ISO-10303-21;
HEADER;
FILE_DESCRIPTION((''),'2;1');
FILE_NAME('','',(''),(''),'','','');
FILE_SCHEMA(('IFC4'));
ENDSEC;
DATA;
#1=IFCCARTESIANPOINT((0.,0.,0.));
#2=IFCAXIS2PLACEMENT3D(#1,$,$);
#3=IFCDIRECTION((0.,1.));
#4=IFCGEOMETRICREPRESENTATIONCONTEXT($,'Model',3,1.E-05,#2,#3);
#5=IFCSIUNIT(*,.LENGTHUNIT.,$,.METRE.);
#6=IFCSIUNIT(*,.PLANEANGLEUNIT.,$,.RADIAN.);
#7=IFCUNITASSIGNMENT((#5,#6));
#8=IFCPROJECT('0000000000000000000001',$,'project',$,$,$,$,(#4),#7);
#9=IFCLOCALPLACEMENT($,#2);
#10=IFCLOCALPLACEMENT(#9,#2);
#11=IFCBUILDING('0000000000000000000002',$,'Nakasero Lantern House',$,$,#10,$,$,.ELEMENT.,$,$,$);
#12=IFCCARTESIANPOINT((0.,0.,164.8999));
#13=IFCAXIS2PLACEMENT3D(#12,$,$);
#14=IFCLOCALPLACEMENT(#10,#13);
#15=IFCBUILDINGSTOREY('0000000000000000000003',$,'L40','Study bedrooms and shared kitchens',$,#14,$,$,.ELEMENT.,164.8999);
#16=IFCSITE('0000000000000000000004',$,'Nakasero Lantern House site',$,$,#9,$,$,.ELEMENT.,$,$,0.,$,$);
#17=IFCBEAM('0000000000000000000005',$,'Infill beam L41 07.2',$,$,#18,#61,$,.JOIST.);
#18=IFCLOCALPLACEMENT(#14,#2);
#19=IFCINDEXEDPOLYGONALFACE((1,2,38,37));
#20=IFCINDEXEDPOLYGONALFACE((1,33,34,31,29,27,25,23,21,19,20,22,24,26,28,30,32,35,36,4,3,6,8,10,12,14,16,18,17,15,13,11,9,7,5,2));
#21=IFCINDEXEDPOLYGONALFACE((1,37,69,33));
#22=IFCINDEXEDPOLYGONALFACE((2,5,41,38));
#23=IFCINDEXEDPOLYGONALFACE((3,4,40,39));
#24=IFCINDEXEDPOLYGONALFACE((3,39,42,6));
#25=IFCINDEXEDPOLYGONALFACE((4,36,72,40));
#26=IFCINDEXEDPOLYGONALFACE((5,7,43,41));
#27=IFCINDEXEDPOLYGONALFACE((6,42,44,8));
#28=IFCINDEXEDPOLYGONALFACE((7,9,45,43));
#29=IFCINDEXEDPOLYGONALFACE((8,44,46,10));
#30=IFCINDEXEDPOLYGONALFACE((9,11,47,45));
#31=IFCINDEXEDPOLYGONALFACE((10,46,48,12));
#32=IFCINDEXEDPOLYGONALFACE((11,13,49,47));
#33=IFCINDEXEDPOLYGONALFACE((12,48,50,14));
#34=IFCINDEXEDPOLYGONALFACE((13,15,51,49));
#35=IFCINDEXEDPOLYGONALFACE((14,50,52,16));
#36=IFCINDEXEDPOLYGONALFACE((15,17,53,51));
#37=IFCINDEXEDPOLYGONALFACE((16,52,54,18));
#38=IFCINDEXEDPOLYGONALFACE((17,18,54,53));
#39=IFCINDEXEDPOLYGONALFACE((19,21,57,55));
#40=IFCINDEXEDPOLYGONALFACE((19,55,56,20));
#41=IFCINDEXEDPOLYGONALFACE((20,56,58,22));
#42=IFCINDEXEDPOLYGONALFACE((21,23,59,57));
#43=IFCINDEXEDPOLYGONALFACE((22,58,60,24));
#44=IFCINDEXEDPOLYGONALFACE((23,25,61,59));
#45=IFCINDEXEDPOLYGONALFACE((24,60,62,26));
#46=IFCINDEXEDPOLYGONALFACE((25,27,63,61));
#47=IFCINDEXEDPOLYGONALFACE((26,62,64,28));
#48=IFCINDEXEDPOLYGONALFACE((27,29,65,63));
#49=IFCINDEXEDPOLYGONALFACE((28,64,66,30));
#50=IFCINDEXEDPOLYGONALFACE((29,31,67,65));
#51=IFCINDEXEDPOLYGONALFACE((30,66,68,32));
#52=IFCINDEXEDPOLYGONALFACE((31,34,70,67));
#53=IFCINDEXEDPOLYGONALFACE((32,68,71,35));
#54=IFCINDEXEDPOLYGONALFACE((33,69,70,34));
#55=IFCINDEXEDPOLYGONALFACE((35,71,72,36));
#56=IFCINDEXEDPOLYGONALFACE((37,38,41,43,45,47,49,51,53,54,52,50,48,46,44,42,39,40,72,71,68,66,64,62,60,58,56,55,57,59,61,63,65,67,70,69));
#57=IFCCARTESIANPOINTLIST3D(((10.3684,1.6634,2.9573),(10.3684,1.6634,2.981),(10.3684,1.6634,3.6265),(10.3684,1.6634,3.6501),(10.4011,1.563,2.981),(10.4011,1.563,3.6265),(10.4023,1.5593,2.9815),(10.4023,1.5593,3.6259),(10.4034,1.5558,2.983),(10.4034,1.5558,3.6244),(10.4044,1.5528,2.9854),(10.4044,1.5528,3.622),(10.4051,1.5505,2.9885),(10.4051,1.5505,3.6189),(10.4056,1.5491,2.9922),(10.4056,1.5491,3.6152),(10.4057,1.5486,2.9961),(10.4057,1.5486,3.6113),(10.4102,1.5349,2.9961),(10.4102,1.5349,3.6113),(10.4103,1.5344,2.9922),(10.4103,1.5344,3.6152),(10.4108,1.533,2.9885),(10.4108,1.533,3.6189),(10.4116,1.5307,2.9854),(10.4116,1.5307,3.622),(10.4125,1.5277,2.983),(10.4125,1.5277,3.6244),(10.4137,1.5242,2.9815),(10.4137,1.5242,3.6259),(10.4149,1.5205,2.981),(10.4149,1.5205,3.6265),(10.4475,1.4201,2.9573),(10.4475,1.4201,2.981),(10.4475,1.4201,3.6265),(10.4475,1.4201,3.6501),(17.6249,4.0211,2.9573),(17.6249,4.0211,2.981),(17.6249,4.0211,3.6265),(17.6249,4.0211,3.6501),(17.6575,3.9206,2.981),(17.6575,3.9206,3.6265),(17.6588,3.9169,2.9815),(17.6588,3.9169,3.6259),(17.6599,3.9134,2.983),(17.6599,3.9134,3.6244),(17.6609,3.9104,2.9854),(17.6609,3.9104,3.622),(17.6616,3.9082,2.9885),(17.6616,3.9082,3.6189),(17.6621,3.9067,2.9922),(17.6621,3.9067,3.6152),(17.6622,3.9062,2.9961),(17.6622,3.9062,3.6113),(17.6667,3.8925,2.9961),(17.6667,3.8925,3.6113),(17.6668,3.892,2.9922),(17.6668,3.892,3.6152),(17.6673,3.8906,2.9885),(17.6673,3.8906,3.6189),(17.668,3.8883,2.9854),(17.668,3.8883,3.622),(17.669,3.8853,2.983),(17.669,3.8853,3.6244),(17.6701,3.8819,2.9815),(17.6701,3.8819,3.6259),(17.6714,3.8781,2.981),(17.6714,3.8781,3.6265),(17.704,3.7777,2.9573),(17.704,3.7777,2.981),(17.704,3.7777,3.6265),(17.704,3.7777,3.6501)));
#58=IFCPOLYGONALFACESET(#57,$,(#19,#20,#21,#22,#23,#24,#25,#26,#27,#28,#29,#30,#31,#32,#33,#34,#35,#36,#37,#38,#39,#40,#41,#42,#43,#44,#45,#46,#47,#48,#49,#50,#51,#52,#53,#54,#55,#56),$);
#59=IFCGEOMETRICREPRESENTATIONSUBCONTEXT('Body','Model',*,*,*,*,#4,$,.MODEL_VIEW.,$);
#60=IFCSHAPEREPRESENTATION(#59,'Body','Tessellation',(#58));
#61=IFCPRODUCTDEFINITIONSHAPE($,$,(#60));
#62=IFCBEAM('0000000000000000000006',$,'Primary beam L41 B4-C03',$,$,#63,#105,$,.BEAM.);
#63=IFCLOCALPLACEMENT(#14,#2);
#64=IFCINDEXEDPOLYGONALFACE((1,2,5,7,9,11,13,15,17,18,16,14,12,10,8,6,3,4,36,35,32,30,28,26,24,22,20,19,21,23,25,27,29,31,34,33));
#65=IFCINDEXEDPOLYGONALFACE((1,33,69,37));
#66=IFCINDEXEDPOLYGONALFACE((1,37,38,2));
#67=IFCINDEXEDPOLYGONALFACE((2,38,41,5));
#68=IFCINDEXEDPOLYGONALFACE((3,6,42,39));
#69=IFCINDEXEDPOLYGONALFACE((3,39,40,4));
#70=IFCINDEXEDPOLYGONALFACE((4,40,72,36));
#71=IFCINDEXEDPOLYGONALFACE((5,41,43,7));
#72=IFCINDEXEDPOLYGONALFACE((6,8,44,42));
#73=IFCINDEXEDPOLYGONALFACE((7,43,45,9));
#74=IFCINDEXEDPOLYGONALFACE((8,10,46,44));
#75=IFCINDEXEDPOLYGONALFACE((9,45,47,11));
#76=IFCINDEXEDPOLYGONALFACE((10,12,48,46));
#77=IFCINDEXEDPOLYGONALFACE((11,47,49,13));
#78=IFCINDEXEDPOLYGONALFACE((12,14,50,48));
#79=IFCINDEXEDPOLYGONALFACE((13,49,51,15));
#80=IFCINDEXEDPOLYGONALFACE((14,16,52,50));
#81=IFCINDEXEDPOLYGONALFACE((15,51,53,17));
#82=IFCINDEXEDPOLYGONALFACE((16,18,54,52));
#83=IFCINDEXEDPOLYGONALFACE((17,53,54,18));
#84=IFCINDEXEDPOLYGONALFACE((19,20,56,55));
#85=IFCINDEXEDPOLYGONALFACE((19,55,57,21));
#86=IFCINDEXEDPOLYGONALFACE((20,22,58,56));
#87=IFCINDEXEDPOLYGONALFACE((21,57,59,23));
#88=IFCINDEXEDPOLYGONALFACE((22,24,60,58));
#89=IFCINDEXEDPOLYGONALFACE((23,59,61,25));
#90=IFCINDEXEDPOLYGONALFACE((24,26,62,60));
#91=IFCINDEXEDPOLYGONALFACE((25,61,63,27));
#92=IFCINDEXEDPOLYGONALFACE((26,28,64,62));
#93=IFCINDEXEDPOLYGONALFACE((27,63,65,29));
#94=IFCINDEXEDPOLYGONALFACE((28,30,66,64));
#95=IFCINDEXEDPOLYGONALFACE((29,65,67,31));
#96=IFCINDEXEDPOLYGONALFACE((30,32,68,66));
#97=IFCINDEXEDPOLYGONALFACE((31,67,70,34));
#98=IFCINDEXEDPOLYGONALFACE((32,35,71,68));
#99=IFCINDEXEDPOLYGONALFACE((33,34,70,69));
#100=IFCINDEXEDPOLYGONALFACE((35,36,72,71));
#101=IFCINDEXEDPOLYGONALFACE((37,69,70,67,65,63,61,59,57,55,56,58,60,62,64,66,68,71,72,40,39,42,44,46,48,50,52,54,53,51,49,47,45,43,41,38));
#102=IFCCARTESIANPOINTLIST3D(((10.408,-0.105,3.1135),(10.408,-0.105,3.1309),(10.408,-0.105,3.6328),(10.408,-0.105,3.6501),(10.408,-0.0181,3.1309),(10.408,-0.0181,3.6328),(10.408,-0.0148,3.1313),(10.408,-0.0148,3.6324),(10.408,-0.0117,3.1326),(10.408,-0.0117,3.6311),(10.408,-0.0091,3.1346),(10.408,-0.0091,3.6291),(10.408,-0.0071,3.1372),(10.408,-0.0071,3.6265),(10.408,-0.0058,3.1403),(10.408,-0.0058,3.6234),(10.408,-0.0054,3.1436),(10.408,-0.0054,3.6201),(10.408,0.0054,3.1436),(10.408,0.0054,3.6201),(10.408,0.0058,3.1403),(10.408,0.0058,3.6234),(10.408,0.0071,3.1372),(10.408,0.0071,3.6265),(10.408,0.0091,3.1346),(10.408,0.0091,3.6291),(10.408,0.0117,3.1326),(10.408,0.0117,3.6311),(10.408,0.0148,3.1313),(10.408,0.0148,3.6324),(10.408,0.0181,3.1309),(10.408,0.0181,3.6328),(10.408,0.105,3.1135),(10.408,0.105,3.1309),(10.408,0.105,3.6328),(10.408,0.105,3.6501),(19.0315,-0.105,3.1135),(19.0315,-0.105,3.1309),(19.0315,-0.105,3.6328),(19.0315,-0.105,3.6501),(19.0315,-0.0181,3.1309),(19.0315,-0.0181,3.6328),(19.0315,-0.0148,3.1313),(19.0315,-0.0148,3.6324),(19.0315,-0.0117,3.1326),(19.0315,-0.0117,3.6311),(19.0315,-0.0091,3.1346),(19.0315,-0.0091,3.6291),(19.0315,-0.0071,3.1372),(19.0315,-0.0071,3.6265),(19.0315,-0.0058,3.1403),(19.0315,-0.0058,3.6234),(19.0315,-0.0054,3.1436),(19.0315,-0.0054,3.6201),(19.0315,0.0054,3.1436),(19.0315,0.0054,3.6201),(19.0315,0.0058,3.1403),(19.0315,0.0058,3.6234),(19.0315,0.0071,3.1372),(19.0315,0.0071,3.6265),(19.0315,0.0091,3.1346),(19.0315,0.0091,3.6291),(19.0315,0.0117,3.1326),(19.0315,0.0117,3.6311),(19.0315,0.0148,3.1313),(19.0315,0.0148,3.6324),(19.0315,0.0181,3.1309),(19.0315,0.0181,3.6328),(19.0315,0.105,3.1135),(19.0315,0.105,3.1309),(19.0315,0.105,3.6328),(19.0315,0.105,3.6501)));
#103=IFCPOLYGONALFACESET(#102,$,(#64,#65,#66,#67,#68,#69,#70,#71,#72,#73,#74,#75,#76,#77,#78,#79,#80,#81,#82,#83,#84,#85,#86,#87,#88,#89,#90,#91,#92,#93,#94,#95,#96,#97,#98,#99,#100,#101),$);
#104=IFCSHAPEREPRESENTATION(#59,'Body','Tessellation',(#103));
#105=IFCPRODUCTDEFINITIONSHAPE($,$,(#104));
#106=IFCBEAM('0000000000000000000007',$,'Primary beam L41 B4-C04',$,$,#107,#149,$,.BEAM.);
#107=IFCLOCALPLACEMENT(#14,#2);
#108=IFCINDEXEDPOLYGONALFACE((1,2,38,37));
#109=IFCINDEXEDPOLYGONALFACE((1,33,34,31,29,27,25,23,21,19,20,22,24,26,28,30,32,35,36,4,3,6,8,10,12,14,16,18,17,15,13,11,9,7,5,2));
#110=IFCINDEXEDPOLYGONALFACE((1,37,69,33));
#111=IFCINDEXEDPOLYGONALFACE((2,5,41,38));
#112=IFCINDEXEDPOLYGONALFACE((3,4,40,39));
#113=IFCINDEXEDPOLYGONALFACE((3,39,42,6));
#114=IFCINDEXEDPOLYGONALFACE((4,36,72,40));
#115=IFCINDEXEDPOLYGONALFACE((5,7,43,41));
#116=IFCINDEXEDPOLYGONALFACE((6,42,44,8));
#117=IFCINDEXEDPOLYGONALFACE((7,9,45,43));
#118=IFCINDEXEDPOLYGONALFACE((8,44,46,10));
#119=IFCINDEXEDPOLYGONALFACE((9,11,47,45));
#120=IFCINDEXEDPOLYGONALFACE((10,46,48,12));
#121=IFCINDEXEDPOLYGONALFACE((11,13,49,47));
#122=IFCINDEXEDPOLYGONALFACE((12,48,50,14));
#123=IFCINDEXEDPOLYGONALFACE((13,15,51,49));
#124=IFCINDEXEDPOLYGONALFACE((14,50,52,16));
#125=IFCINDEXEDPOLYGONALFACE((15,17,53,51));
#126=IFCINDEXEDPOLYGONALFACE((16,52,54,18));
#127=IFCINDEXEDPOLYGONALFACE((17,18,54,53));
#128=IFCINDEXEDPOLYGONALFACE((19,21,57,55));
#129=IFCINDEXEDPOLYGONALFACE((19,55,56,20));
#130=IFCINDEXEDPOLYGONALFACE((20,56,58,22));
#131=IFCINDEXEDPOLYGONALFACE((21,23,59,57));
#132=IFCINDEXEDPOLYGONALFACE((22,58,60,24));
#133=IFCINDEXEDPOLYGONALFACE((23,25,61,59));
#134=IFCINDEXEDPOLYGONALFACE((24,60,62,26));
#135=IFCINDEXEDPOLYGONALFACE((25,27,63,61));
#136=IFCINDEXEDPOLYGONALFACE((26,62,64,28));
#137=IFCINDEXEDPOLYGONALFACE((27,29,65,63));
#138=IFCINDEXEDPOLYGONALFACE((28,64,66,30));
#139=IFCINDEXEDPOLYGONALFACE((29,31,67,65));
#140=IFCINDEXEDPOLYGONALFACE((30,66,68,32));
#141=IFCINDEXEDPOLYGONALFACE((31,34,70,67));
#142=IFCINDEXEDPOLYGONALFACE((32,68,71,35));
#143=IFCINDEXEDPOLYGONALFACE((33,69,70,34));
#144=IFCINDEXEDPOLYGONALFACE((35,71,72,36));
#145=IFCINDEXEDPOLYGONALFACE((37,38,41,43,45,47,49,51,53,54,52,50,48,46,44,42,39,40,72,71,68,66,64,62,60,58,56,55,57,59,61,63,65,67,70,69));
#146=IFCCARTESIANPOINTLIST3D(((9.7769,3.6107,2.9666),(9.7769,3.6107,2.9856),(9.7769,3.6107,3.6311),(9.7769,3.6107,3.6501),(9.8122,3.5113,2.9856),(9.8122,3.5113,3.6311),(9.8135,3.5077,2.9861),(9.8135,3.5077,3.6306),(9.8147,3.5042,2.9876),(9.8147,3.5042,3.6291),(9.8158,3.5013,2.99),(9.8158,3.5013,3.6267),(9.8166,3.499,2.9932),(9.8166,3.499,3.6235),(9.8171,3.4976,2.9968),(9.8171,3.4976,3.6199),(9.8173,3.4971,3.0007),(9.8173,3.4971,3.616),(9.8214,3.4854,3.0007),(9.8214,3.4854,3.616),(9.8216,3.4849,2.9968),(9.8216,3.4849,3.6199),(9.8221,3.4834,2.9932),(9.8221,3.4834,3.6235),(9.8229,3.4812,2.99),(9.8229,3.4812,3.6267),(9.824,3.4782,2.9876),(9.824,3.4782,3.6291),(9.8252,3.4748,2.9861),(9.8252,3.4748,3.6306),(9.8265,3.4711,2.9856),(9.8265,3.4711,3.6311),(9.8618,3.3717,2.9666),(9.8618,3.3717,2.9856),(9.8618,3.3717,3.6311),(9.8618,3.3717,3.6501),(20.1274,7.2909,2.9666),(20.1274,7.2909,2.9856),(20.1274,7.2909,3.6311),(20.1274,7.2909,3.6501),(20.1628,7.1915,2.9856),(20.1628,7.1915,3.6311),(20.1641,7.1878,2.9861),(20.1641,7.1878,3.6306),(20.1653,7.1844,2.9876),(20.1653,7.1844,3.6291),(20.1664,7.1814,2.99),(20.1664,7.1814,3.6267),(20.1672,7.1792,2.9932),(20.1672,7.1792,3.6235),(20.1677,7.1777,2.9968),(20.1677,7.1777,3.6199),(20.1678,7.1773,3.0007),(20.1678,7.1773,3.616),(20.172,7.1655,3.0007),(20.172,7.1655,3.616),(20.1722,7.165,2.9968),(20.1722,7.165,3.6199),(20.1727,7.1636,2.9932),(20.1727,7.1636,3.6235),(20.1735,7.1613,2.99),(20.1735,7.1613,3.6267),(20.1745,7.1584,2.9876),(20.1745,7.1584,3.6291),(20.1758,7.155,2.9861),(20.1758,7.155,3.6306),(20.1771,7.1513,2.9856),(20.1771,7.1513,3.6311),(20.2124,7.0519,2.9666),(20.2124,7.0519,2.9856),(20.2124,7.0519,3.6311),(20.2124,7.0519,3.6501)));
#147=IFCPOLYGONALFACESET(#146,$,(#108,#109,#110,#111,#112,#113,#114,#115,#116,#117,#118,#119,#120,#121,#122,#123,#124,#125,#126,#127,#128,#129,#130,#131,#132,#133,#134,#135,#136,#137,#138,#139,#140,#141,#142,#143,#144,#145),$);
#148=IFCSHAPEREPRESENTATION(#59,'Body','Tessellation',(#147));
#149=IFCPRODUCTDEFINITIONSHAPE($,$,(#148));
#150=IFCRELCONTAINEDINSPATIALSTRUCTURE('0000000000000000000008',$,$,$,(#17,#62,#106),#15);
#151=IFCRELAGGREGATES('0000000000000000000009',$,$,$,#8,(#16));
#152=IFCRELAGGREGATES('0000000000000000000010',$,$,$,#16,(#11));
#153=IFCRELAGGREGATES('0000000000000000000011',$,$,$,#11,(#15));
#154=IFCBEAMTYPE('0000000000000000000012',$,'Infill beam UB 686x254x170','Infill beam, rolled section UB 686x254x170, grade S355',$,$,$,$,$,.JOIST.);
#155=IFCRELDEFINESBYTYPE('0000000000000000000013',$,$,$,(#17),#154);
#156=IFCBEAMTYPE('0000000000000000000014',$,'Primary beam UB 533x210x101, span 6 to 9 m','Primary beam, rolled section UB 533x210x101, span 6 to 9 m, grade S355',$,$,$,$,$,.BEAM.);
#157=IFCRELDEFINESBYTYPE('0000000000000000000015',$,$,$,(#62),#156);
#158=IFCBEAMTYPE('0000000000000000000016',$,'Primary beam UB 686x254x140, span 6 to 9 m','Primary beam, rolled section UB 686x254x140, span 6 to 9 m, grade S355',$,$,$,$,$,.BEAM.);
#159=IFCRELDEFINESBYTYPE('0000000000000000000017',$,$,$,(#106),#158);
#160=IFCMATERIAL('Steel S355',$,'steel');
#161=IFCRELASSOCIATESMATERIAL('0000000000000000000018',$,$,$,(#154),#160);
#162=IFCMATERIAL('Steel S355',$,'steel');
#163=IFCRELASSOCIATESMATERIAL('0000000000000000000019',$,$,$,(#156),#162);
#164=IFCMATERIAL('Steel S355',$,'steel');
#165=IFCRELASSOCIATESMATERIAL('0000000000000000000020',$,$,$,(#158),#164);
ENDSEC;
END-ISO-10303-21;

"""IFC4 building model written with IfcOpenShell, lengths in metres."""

from ifc_helpers import new_model, si_unit, direction, frame, origin, origin_2d, place, context, subcontext, project, spatial, i_section, extrude, material, material_profile, profile_set, type_object, element, save


model = new_model("IFC4")

# Units and contexts
model_context = context("Model", 3, precision=1e-05, world=origin(), true_north=direction((0.0, 1.0)))
body_context = subcontext(model_context, "Body", "Model", "MODEL_VIEW")
ifc_project = project(units=[si_unit("LENGTHUNIT", "METRE"), si_unit("PLANEANGLEUNIT", "RADIAN")], contexts=[model_context])

# Site, building, storey
site_placement = place(None, origin())
site = spatial("IfcSite", under=ifc_project, at=site_placement, Name="Nakasero Lantern House site", CompositionType="ELEMENT", RefElevation=0.0)
building_placement = place(site_placement, origin())
building = spatial("IfcBuilding", under=site, at=building_placement, Name="Nakasero Lantern House", CompositionType="ELEMENT")
storey_placement = place(building_placement, frame((0.0, 0.0, 164.8999)))
storey = spatial("IfcBuildingStorey", under=building, at=storey_placement, Name="L40", Description="Study bedrooms and shared kitchens", CompositionType="ELEMENT", Elevation=164.8999)

# Beams
ifc_material_1 = material(Name="Steel S355", Category="steel")
ifc_material_profile_1 = material_profile(ifc_material_1, i_section(OverallWidth=0.2559, OverallDepth=0.6929, WebThickness=0.0144, FlangeThickness=0.0237, FilletRadius=0.0151, at=origin_2d()), Name="UB 686x254x170")
ifc_profile_set_1 = profile_set([ifc_material_profile_1], Name="Steel S355")
beam_type_1 = type_object("IfcBeamType", Name="Infill beam UB 686x254x170", Description="Infill beam, rolled section UB 686x254x170, grade S355", PredefinedType="JOIST", material=ifc_profile_set_1)
beam_1_placement = place(storey_placement, frame((10.408, 1.5417, 3.3037), z_axis=(0.951062, 0.309, 0.0), x_axis=(-0.309, 0.951062, 0.0)))
element("IfcBeam", 1, at=beam_1_placement, inside=storey, type_object=beam_type_1, Name="Infill beam L41 07.2", PredefinedType="JOIST", context=body_context, shape_type="SweptSolid", body=[
    extrude(i_section(OverallWidth=0.2559, OverallDepth=0.6929, WebThickness=0.0144, FlangeThickness=0.0237, FilletRadius=0.0151, at=origin_2d()), origin(), (0.0, 0.0, 1.0), 7.6299),
])
ifc_material_2 = material(Name="Steel S355", Category="steel")
ifc_material_profile_2 = material_profile(ifc_material_2, i_section(OverallWidth=0.21, OverallDepth=0.5366, WebThickness=0.0107, FlangeThickness=0.0173, FilletRadius=0.0127, at=origin_2d()), Name="UB 533x210x101")
ifc_profile_set_2 = profile_set([ifc_material_profile_2], Name="Steel S355")
beam_type_2 = type_object("IfcBeamType", Name="Primary beam UB 533x210x101, span 6 to 9 m", Description="Primary beam, rolled section UB 533x210x101, span 6 to 9 m, grade S355", PredefinedType="BEAM", material=ifc_profile_set_2)
beam_2_placement = place(storey_placement, frame((19.0315, 0.0, 3.3818), z_axis=(-1.0, 0.0, 0.0), x_axis=(0.0, -1.0, 0.0)))
element("IfcBeam", 2, at=beam_2_placement, inside=storey, type_object=beam_type_2, Name="Primary beam L41 B4-C03", PredefinedType="BEAM", context=body_context, shape_type="SweptSolid", body=[
    extrude(i_section(OverallWidth=0.21, OverallDepth=0.5366, WebThickness=0.0107, FlangeThickness=0.0173, FilletRadius=0.0127, at=origin_2d()), origin(), (0.0, 0.0, 1.0), 8.6235),
])
ifc_material_3 = material(Name="Steel S355", Category="steel")
ifc_material_profile_3 = material_profile(ifc_material_3, i_section(OverallWidth=0.2537, OverallDepth=0.6836, WebThickness=0.0125, FlangeThickness=0.019, FilletRadius=0.0151, at=origin_2d()), Name="UB 686x254x140")
ifc_profile_set_3 = profile_set([ifc_material_profile_3], Name="Steel S355")
beam_type_3 = type_object("IfcBeamType", Name="Primary beam UB 686x254x140, span 6 to 9 m", Description="Primary beam, rolled section UB 686x254x140, span 6 to 9 m, grade S355", PredefinedType="BEAM", material=ifc_profile_set_3)
beam_3_placement = place(storey_placement, frame((20.1699, 7.1714, 3.3083), z_axis=(-0.942216, -0.335007, 0.0), x_axis=(0.335007, -0.942216, 0.0)))
element("IfcBeam", 3, at=beam_3_placement, inside=storey, type_object=beam_type_3, Name="Primary beam L41 B4-C04", PredefinedType="BEAM", context=body_context, shape_type="SweptSolid", body=[
    extrude(i_section(OverallWidth=0.2537, OverallDepth=0.6836, WebThickness=0.0125, FlangeThickness=0.019, FilletRadius=0.0151, at=origin_2d()), origin(), (0.0, 0.0, 1.0), 10.9854),
])

save(model, "model.ifc")
